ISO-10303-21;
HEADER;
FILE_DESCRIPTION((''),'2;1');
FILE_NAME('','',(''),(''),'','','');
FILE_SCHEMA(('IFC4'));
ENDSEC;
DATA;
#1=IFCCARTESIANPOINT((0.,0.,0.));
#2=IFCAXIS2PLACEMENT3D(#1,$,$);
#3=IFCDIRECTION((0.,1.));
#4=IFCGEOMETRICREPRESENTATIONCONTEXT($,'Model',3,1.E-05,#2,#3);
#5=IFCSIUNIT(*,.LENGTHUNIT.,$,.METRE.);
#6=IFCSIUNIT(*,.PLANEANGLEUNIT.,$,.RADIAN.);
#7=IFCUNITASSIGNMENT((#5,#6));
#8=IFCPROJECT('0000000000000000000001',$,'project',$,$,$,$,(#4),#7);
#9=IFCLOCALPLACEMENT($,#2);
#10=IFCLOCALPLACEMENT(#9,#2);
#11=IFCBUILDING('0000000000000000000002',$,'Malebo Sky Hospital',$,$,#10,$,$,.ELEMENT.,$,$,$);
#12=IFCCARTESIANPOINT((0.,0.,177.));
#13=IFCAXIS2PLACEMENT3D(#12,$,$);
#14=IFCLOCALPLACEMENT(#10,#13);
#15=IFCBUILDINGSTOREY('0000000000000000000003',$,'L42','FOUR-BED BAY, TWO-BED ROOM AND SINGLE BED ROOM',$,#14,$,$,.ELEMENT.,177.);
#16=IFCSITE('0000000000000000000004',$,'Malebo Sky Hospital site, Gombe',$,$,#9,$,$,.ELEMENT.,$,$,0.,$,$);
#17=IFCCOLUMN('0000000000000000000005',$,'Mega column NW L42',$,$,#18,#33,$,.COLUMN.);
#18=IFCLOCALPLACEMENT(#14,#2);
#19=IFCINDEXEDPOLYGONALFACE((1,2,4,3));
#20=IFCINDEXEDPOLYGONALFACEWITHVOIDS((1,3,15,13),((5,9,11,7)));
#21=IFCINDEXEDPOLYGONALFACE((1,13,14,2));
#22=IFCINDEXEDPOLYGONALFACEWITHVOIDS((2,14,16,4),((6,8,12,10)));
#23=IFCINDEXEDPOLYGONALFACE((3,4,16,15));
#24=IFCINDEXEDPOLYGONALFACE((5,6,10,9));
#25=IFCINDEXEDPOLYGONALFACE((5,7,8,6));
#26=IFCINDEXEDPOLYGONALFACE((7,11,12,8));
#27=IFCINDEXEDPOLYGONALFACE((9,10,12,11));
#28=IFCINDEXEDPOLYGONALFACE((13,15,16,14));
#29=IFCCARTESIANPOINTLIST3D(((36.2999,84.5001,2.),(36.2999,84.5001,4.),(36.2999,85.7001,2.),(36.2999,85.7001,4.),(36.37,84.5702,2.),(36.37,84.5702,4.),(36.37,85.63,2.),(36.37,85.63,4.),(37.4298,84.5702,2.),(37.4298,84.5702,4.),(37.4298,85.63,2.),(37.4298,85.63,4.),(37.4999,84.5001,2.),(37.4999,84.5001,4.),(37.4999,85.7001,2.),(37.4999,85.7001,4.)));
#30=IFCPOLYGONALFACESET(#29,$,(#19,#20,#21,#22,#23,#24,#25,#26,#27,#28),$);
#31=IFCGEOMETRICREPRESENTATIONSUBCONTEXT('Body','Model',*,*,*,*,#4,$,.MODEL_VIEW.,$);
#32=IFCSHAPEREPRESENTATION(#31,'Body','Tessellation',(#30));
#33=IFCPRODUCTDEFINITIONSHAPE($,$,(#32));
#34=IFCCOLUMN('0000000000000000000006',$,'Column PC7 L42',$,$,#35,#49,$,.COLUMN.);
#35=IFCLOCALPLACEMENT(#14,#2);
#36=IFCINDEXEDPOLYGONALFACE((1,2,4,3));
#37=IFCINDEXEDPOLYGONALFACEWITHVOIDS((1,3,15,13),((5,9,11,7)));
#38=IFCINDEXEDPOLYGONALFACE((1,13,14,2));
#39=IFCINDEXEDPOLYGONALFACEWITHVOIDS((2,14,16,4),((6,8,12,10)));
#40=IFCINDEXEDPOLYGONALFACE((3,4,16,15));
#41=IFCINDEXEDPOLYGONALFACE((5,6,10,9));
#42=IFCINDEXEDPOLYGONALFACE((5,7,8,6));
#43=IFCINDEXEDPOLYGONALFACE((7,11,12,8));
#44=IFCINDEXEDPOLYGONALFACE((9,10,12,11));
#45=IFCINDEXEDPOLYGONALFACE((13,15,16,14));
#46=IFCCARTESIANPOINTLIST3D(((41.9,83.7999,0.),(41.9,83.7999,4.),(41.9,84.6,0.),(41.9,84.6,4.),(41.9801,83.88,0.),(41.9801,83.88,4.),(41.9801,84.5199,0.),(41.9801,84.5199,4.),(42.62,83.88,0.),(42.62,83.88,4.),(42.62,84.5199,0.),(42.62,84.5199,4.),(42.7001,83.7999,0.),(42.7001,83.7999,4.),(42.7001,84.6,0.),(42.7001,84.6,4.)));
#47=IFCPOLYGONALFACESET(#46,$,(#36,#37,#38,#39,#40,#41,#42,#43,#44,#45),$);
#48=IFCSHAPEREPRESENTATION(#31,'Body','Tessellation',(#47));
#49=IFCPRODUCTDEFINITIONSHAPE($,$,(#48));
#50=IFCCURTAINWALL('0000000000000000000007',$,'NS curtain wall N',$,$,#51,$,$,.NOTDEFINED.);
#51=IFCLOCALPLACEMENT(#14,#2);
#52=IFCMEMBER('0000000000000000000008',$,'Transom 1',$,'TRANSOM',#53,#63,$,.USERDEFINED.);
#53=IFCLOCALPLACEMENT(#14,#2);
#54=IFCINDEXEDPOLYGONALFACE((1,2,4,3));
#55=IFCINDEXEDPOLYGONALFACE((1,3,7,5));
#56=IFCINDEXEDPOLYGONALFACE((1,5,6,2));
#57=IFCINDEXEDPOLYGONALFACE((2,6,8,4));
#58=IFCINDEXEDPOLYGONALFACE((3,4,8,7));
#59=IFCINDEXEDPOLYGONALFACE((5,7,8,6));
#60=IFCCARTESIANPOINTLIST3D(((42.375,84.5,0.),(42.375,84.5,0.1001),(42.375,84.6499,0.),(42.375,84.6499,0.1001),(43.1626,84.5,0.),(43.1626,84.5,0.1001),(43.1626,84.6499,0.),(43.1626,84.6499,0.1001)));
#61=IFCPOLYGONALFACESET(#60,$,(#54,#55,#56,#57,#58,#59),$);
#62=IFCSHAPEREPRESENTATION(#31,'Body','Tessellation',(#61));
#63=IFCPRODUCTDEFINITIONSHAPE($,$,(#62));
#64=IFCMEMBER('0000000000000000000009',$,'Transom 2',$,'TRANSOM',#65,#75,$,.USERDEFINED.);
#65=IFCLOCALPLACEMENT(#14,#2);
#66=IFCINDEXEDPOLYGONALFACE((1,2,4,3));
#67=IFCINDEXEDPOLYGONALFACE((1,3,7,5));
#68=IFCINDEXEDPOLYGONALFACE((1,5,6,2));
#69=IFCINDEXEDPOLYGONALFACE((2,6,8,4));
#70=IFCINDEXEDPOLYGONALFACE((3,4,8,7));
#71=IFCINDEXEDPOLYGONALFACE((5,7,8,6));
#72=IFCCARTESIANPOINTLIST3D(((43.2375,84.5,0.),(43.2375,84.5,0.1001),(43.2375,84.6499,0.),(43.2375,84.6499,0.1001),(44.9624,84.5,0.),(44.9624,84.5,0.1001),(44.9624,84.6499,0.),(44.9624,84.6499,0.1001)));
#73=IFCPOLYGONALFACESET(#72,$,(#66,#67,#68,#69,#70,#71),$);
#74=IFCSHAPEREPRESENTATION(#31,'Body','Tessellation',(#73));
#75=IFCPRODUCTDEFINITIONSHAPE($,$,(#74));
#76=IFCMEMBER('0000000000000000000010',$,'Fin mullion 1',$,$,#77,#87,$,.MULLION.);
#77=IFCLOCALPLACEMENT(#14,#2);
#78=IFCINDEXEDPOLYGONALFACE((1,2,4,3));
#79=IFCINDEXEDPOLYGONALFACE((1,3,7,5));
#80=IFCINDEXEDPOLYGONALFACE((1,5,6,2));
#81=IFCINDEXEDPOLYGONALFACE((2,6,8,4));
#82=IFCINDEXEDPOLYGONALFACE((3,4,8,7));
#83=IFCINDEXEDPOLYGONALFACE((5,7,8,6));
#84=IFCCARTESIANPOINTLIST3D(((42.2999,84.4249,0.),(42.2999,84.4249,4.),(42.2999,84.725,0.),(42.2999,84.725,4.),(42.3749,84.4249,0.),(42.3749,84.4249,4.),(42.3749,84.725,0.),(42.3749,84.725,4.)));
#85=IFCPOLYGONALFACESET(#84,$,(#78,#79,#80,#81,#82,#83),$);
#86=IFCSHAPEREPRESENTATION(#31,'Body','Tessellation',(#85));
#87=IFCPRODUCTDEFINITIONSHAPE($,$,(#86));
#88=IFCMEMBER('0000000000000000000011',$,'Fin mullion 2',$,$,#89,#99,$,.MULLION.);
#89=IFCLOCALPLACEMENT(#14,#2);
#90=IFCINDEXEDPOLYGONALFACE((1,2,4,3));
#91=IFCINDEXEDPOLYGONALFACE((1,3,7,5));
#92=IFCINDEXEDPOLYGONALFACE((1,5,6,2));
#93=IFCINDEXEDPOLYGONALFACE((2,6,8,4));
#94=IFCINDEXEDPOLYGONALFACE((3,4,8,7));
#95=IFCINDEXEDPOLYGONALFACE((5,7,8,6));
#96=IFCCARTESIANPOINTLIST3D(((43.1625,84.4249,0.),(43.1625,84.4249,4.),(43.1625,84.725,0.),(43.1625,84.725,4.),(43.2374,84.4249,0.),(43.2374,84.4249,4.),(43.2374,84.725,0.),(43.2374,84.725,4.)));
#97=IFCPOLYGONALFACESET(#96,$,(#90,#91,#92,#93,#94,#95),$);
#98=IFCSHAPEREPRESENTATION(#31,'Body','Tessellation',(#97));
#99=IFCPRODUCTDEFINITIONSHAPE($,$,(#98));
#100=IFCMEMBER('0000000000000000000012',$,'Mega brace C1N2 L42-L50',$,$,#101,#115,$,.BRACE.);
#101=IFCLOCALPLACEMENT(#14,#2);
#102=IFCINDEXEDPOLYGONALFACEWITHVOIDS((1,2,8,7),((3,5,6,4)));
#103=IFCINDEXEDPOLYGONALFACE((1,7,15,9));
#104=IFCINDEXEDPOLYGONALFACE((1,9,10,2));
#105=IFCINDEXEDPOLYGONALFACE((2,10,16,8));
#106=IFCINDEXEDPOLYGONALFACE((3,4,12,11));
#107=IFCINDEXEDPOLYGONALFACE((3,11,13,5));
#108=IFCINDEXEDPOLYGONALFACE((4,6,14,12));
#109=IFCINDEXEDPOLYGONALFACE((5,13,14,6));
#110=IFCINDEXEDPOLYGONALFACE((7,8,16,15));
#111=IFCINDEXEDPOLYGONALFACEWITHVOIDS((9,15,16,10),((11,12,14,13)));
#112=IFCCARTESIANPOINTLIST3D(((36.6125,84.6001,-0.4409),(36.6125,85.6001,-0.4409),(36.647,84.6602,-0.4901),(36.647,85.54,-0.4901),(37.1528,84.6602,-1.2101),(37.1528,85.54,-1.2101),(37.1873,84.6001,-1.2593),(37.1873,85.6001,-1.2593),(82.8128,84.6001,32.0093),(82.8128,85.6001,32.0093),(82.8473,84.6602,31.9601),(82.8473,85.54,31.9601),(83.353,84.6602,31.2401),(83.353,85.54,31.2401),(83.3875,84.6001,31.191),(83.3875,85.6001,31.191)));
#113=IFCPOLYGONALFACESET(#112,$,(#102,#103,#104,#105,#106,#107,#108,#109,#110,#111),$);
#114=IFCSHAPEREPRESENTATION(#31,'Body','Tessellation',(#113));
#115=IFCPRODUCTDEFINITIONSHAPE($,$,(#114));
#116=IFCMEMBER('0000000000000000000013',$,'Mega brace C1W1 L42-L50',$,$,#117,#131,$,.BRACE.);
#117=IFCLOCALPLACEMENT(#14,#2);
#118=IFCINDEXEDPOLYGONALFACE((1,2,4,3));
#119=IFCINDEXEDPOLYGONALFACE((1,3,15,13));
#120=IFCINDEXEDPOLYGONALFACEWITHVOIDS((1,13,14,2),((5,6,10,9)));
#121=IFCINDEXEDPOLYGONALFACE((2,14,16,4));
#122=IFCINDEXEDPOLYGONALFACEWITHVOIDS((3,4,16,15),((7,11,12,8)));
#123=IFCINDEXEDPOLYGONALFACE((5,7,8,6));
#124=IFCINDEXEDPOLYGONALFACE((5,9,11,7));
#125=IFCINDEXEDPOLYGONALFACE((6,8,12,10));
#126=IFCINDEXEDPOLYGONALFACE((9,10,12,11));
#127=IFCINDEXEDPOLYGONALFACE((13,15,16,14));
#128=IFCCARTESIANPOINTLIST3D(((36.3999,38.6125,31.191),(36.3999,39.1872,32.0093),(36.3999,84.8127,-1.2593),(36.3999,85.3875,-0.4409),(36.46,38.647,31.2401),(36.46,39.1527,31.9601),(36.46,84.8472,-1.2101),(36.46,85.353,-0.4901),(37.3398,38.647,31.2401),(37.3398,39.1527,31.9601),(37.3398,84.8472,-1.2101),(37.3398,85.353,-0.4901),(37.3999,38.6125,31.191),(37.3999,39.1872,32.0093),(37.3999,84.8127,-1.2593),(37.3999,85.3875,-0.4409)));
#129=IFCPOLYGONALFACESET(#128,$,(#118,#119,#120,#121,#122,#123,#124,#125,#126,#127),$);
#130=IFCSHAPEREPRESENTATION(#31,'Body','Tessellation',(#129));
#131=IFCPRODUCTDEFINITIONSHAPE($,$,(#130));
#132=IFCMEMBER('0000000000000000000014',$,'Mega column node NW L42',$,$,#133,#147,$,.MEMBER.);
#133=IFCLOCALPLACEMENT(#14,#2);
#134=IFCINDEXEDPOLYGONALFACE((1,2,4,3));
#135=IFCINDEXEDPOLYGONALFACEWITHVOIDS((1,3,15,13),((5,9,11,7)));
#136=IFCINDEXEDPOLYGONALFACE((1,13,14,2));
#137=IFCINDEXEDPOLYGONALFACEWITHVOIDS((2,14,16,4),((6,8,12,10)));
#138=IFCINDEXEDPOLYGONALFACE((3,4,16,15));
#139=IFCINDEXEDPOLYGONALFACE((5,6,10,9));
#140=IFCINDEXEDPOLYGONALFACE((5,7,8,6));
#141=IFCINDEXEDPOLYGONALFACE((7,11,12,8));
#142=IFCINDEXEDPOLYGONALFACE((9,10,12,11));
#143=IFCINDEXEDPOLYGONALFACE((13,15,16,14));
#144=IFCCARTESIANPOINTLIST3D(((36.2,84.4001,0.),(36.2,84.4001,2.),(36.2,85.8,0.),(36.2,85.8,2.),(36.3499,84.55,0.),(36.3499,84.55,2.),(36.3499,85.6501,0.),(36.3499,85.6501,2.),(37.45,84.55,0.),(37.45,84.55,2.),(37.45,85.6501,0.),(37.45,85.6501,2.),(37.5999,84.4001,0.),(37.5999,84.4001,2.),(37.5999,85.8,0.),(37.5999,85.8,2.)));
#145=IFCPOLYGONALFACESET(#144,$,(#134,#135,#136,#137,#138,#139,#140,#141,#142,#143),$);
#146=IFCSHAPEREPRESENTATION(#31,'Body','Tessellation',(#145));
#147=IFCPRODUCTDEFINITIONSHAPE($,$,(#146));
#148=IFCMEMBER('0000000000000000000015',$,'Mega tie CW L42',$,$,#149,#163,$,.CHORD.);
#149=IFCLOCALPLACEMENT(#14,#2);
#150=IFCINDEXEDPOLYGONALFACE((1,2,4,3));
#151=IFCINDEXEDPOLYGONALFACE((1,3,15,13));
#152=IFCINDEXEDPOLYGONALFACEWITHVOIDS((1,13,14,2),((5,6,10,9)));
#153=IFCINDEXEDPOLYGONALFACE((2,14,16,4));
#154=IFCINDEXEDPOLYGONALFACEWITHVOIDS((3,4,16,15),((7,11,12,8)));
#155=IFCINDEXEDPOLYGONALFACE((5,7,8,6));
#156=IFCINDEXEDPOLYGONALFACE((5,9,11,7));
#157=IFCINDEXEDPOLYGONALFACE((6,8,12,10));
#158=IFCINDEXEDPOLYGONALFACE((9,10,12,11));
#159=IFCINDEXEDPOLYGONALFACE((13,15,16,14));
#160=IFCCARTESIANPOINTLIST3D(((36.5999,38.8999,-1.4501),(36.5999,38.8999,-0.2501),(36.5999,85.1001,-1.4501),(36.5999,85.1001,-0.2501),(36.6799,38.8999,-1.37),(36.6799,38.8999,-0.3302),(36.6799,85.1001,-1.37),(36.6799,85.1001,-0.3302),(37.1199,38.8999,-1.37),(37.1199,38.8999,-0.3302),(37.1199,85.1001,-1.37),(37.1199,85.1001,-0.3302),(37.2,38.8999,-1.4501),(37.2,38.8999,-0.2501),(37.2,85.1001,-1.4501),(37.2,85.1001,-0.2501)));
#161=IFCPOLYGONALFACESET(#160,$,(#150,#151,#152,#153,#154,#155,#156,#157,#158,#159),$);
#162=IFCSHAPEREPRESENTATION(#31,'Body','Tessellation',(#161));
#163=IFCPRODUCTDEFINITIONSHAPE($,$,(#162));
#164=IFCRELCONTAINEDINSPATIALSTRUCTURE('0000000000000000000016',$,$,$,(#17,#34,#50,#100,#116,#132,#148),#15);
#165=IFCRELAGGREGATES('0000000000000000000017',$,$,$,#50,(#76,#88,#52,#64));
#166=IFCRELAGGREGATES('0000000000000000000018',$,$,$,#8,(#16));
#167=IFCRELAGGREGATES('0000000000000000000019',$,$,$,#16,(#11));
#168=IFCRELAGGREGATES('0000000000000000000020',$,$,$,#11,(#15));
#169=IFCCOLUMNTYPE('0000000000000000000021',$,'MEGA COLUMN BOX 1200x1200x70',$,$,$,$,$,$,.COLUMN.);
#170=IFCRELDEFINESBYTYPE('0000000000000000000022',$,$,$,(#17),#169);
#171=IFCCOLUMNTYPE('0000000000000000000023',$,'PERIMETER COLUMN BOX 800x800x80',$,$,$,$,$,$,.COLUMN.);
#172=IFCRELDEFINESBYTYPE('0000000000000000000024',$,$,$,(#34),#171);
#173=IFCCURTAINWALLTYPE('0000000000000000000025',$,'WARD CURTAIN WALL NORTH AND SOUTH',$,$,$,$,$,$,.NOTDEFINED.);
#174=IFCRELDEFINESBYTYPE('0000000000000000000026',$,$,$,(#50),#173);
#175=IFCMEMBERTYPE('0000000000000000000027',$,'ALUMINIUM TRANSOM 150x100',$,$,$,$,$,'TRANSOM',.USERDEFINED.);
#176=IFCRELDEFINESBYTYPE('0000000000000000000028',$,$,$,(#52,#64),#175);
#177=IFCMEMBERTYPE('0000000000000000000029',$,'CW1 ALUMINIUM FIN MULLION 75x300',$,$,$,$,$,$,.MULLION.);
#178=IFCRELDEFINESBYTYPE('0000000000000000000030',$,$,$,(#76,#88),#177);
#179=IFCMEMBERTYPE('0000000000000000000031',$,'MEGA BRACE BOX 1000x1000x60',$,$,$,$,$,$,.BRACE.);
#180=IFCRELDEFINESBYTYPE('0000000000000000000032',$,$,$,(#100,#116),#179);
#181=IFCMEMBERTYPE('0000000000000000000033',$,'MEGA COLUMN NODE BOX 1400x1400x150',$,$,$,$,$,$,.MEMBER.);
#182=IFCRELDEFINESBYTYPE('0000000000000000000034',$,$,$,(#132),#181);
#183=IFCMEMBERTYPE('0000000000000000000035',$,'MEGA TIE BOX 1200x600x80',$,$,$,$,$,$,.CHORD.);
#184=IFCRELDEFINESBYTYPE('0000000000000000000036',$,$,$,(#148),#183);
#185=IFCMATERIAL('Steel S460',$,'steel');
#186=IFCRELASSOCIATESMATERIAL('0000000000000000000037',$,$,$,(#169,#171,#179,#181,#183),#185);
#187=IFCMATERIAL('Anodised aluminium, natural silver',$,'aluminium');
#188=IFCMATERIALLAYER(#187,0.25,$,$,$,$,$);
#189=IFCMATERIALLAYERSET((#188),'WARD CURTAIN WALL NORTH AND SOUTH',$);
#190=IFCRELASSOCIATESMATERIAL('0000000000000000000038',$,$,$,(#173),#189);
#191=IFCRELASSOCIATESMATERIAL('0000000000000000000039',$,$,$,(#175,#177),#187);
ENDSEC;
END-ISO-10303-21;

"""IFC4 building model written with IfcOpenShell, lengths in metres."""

from ifc_helpers import new_model, si_unit, direction, frame, origin, origin_2d, place, context, subcontext, project, spatial, rectangle, hollow_rectangle, extrude, material, layer, layer_set, material_profile, profile_set, type_object, element, aggregate, save


model = new_model("IFC4")

# Units and contexts
model_context = context("Model", 3, precision=1e-05, world=origin(), true_north=direction((0.0, 1.0)))
body_context = subcontext(model_context, "Body", "Model", "MODEL_VIEW")
ifc_project = project(units=[si_unit("LENGTHUNIT", "METRE"), si_unit("PLANEANGLEUNIT", "RADIAN")], contexts=[model_context])

# Site, building, storey
site_placement = place(None, origin())
site = spatial("IfcSite", under=ifc_project, at=site_placement, Name="Malebo Sky Hospital site, Gombe", CompositionType="ELEMENT", RefElevation=0.0)
building_placement = place(site_placement, origin())
building = spatial("IfcBuilding", under=site, at=building_placement, Name="Malebo Sky Hospital", CompositionType="ELEMENT")
storey_placement = place(building_placement, frame((0.0, 0.0, 177.0)))
storey = spatial("IfcBuildingStorey", under=building, at=storey_placement, Name="L42", Description="FOUR-BED BAY, TWO-BED ROOM AND SINGLE BED ROOM", CompositionType="ELEMENT", Elevation=177.0)

# Columns
ifc_material_1 = material(Name="Steel S460", Category="steel")
ifc_material_profile_1 = material_profile(ifc_material_1, hollow_rectangle(XDim=1.2, YDim=1.2, WallThickness=0.0701, at=origin_2d()), Name="BOX 1200x1200x70")
ifc_profile_set_1 = profile_set([ifc_material_profile_1], Name="Steel S460")
column_type_1 = type_object("IfcColumnType", Name="MEGA COLUMN BOX 1200x1200x70", PredefinedType="COLUMN", material=ifc_profile_set_1)
column_1_placement = place(storey_placement, frame((36.8999, 85.1001, 2.0), z_axis=(0.0, 0.0, 1.0), x_axis=(1.0, 0.0, 0.0)))
element("IfcColumn", 1, at=column_1_placement, inside=storey, type_object=column_type_1, Name="Mega column NW L42", PredefinedType="COLUMN", context=body_context, shape_type="SweptSolid", body=[
    extrude(hollow_rectangle(XDim=1.2, YDim=1.2, WallThickness=0.0701, at=origin_2d()), origin(), (0.0, 0.0, 1.0), 2.0),
])
ifc_material_profile_2 = material_profile(ifc_material_1, hollow_rectangle(XDim=0.8, YDim=0.8, WallThickness=0.0801, at=origin_2d()), Name="BOX 800x800x80")
ifc_profile_set_2 = profile_set([ifc_material_profile_2], Name="Steel S460")
column_type_2 = type_object("IfcColumnType", Name="PERIMETER COLUMN BOX 800x800x80", PredefinedType="COLUMN", material=ifc_profile_set_2)
column_2_placement = place(storey_placement, frame((42.3, 84.2, 0.0), z_axis=(0.0, 0.0, 1.0), x_axis=(1.0, 0.0, 0.0)))
element("IfcColumn", 2, at=column_2_placement, inside=storey, type_object=column_type_2, Name="Column PC7 L42", PredefinedType="COLUMN", context=body_context, shape_type="SweptSolid", body=[
    extrude(hollow_rectangle(XDim=0.8, YDim=0.8, WallThickness=0.0801, at=origin_2d()), origin(), (0.0, 0.0, 1.0), 4.0),
])

# Curtain wall, members
ifc_material_2 = material(Name="Anodised aluminium, natural silver", Category="aluminium")
ifc_layer_1 = layer(ifc_material_2, 0.25)
ifc_layer_set_1 = layer_set([ifc_layer_1], Name="WARD CURTAIN WALL NORTH AND SOUTH")
curtain_wall_type = type_object("IfcCurtainWallType", Name="WARD CURTAIN WALL NORTH AND SOUTH", PredefinedType="NOTDEFINED", material=ifc_layer_set_1)
curtain_wall_placement = place(storey_placement, origin())
curtain_wall = element("IfcCurtainWall", 3, at=curtain_wall_placement, inside=storey, type_object=curtain_wall_type, Name="NS curtain wall N", PredefinedType="NOTDEFINED")
ifc_material_profile_3 = material_profile(ifc_material_2, rectangle(XDim=0.1499, YDim=0.1001, at=origin_2d()), Name="ALUMINIUM TRANSOM 150x100")
ifc_profile_set_3 = profile_set([ifc_material_profile_3], Name="Anodised aluminium, natural silver")
member_type_1 = type_object("IfcMemberType", Name="ALUMINIUM TRANSOM 150x100", ElementType="TRANSOM", PredefinedType="USERDEFINED", material=ifc_profile_set_3)
member_1_placement = place(storey_placement, frame((42.375, 84.575, 0.05), z_axis=(1.0, 0.0, 0.0), x_axis=(0.0, 1.0, 0.0)))
member_1 = element("IfcMember", 4, at=member_1_placement, type_object=member_type_1, Name="Transom 1", ObjectType="TRANSOM", PredefinedType="USERDEFINED", context=body_context, shape_type="SweptSolid", body=[
    extrude(rectangle(XDim=0.1499, YDim=0.1001, at=origin_2d()), origin(), (0.0, 0.0, 1.0), 0.7876),
])
member_2_placement = place(storey_placement, frame((43.2375, 84.575, 0.05), z_axis=(1.0, 0.0, 0.0), x_axis=(0.0, 1.0, 0.0)))
member_2 = element("IfcMember", 5, at=member_2_placement, type_object=member_type_1, Name="Transom 2", ObjectType="TRANSOM", PredefinedType="USERDEFINED", context=body_context, shape_type="SweptSolid", body=[
    extrude(rectangle(XDim=0.1499, YDim=0.1001, at=origin_2d()), origin(), (0.0, 0.0, 1.0), 1.7249),
])
ifc_material_profile_4 = material_profile(ifc_material_2, rectangle(XDim=0.075, YDim=0.3, at=origin_2d()), Name="CW1 ALUMINIUM FIN MULLION 75x300")
ifc_profile_set_4 = profile_set([ifc_material_profile_4], Name="Anodised aluminium, natural silver")
member_type_2 = type_object("IfcMemberType", Name="CW1 ALUMINIUM FIN MULLION 75x300", PredefinedType="MULLION", material=ifc_profile_set_4)
member_3_placement = place(storey_placement, frame((42.3374, 84.575, 0.0), z_axis=(0.0, 0.0, 1.0), x_axis=(1.0, 0.0, 0.0)))
member_3 = element("IfcMember", 6, at=member_3_placement, type_object=member_type_2, Name="Fin mullion 1", PredefinedType="MULLION", context=body_context, shape_type="SweptSolid", body=[
    extrude(rectangle(XDim=0.075, YDim=0.3, at=origin_2d()), origin(), (0.0, 0.0, 1.0), 4.0),
])
member_4_placement = place(storey_placement, frame((43.2, 84.575, 0.0), z_axis=(0.0, 0.0, 1.0), x_axis=(1.0, 0.0, 0.0)))
member_4 = element("IfcMember", 7, at=member_4_placement, type_object=member_type_2, Name="Fin mullion 2", PredefinedType="MULLION", context=body_context, shape_type="SweptSolid", body=[
    extrude(rectangle(XDim=0.075, YDim=0.3, at=origin_2d()), origin(), (0.0, 0.0, 1.0), 4.0),
])

# Members
ifc_material_profile_5 = material_profile(ifc_material_1, hollow_rectangle(XDim=1.0, YDim=1.0, WallThickness=0.0601, at=origin_2d()), Name="BOX 1000x1000x60")
ifc_profile_set_5 = profile_set([ifc_material_profile_5], Name="Steel S460")
member_type_3 = type_object("IfcMemberType", Name="MEGA BRACE BOX 1000x1000x60", PredefinedType="BRACE", material=ifc_profile_set_5)
for number, where, z_axis, x_axis, name in (
    (8, (36.8999, 85.1001, -0.8501), (0.818315, 0.0, 0.57477), (0.0, 1.0, 0.0), "Mega brace C1N2 L42-L50"),
    (9, (36.8999, 85.1001, -0.8501), (0.0, -0.818315, 0.57477), (1.0, 0.0, 0.0), "Mega brace C1W1 L42-L50"),
):
    element("IfcMember", number, at=place(storey_placement, frame(where, z_axis=z_axis, x_axis=x_axis)), inside=storey, type_object=member_type_3, Name=name, PredefinedType="BRACE", context=body_context, shape_type="SweptSolid", body=[
        extrude(hollow_rectangle(XDim=1.0, YDim=1.0, WallThickness=0.0601, at=origin_2d()), origin(), (0.0, 0.0, 1.0), 56.4578),
    ])
ifc_material_profile_6 = material_profile(ifc_material_1, hollow_rectangle(XDim=1.3999, YDim=1.3999, WallThickness=0.1499, at=origin_2d()), Name="BOX 1400x1400x150")
ifc_profile_set_6 = profile_set([ifc_material_profile_6], Name="Steel S460")
member_type_4 = type_object("IfcMemberType", Name="MEGA COLUMN NODE BOX 1400x1400x150", PredefinedType="MEMBER", material=ifc_profile_set_6)
member_5_placement = place(storey_placement, frame((36.8999, 85.1001, 0.0), z_axis=(0.0, 0.0, 1.0), x_axis=(1.0, 0.0, 0.0)))
element("IfcMember", 10, at=member_5_placement, inside=storey, type_object=member_type_4, Name="Mega column node NW L42", PredefinedType="MEMBER", context=body_context, shape_type="SweptSolid", body=[
    extrude(hollow_rectangle(XDim=1.3999, YDim=1.3999, WallThickness=0.1499, at=origin_2d()), origin(), (0.0, 0.0, 1.0), 2.0),
])
ifc_material_profile_7 = material_profile(ifc_material_1, hollow_rectangle(XDim=0.6001, YDim=1.2, WallThickness=0.0801, at=origin_2d()), Name="BOX 1200x600x80")
ifc_profile_set_7 = profile_set([ifc_material_profile_7], Name="Steel S460")
member_type_5 = type_object("IfcMemberType", Name="MEGA TIE BOX 1200x600x80", PredefinedType="CHORD", material=ifc_profile_set_7)
member_6_placement = place(storey_placement, frame((36.8999, 85.1001, -0.8501), z_axis=(0.0, -1.0, 0.0), x_axis=(1.0, 0.0, 0.0)))
element("IfcMember", 11, at=member_6_placement, inside=storey, type_object=member_type_5, Name="Mega tie CW L42", PredefinedType="CHORD", context=body_context, shape_type="SweptSolid", body=[
    extrude(hollow_rectangle(XDim=0.6001, YDim=1.2, WallThickness=0.0801, at=origin_2d()), origin(), (0.0, 0.0, 1.0), 46.2002),
])

aggregate(curtain_wall, [member_3, member_4, member_1, member_2])

save(model, "model.ifc")
